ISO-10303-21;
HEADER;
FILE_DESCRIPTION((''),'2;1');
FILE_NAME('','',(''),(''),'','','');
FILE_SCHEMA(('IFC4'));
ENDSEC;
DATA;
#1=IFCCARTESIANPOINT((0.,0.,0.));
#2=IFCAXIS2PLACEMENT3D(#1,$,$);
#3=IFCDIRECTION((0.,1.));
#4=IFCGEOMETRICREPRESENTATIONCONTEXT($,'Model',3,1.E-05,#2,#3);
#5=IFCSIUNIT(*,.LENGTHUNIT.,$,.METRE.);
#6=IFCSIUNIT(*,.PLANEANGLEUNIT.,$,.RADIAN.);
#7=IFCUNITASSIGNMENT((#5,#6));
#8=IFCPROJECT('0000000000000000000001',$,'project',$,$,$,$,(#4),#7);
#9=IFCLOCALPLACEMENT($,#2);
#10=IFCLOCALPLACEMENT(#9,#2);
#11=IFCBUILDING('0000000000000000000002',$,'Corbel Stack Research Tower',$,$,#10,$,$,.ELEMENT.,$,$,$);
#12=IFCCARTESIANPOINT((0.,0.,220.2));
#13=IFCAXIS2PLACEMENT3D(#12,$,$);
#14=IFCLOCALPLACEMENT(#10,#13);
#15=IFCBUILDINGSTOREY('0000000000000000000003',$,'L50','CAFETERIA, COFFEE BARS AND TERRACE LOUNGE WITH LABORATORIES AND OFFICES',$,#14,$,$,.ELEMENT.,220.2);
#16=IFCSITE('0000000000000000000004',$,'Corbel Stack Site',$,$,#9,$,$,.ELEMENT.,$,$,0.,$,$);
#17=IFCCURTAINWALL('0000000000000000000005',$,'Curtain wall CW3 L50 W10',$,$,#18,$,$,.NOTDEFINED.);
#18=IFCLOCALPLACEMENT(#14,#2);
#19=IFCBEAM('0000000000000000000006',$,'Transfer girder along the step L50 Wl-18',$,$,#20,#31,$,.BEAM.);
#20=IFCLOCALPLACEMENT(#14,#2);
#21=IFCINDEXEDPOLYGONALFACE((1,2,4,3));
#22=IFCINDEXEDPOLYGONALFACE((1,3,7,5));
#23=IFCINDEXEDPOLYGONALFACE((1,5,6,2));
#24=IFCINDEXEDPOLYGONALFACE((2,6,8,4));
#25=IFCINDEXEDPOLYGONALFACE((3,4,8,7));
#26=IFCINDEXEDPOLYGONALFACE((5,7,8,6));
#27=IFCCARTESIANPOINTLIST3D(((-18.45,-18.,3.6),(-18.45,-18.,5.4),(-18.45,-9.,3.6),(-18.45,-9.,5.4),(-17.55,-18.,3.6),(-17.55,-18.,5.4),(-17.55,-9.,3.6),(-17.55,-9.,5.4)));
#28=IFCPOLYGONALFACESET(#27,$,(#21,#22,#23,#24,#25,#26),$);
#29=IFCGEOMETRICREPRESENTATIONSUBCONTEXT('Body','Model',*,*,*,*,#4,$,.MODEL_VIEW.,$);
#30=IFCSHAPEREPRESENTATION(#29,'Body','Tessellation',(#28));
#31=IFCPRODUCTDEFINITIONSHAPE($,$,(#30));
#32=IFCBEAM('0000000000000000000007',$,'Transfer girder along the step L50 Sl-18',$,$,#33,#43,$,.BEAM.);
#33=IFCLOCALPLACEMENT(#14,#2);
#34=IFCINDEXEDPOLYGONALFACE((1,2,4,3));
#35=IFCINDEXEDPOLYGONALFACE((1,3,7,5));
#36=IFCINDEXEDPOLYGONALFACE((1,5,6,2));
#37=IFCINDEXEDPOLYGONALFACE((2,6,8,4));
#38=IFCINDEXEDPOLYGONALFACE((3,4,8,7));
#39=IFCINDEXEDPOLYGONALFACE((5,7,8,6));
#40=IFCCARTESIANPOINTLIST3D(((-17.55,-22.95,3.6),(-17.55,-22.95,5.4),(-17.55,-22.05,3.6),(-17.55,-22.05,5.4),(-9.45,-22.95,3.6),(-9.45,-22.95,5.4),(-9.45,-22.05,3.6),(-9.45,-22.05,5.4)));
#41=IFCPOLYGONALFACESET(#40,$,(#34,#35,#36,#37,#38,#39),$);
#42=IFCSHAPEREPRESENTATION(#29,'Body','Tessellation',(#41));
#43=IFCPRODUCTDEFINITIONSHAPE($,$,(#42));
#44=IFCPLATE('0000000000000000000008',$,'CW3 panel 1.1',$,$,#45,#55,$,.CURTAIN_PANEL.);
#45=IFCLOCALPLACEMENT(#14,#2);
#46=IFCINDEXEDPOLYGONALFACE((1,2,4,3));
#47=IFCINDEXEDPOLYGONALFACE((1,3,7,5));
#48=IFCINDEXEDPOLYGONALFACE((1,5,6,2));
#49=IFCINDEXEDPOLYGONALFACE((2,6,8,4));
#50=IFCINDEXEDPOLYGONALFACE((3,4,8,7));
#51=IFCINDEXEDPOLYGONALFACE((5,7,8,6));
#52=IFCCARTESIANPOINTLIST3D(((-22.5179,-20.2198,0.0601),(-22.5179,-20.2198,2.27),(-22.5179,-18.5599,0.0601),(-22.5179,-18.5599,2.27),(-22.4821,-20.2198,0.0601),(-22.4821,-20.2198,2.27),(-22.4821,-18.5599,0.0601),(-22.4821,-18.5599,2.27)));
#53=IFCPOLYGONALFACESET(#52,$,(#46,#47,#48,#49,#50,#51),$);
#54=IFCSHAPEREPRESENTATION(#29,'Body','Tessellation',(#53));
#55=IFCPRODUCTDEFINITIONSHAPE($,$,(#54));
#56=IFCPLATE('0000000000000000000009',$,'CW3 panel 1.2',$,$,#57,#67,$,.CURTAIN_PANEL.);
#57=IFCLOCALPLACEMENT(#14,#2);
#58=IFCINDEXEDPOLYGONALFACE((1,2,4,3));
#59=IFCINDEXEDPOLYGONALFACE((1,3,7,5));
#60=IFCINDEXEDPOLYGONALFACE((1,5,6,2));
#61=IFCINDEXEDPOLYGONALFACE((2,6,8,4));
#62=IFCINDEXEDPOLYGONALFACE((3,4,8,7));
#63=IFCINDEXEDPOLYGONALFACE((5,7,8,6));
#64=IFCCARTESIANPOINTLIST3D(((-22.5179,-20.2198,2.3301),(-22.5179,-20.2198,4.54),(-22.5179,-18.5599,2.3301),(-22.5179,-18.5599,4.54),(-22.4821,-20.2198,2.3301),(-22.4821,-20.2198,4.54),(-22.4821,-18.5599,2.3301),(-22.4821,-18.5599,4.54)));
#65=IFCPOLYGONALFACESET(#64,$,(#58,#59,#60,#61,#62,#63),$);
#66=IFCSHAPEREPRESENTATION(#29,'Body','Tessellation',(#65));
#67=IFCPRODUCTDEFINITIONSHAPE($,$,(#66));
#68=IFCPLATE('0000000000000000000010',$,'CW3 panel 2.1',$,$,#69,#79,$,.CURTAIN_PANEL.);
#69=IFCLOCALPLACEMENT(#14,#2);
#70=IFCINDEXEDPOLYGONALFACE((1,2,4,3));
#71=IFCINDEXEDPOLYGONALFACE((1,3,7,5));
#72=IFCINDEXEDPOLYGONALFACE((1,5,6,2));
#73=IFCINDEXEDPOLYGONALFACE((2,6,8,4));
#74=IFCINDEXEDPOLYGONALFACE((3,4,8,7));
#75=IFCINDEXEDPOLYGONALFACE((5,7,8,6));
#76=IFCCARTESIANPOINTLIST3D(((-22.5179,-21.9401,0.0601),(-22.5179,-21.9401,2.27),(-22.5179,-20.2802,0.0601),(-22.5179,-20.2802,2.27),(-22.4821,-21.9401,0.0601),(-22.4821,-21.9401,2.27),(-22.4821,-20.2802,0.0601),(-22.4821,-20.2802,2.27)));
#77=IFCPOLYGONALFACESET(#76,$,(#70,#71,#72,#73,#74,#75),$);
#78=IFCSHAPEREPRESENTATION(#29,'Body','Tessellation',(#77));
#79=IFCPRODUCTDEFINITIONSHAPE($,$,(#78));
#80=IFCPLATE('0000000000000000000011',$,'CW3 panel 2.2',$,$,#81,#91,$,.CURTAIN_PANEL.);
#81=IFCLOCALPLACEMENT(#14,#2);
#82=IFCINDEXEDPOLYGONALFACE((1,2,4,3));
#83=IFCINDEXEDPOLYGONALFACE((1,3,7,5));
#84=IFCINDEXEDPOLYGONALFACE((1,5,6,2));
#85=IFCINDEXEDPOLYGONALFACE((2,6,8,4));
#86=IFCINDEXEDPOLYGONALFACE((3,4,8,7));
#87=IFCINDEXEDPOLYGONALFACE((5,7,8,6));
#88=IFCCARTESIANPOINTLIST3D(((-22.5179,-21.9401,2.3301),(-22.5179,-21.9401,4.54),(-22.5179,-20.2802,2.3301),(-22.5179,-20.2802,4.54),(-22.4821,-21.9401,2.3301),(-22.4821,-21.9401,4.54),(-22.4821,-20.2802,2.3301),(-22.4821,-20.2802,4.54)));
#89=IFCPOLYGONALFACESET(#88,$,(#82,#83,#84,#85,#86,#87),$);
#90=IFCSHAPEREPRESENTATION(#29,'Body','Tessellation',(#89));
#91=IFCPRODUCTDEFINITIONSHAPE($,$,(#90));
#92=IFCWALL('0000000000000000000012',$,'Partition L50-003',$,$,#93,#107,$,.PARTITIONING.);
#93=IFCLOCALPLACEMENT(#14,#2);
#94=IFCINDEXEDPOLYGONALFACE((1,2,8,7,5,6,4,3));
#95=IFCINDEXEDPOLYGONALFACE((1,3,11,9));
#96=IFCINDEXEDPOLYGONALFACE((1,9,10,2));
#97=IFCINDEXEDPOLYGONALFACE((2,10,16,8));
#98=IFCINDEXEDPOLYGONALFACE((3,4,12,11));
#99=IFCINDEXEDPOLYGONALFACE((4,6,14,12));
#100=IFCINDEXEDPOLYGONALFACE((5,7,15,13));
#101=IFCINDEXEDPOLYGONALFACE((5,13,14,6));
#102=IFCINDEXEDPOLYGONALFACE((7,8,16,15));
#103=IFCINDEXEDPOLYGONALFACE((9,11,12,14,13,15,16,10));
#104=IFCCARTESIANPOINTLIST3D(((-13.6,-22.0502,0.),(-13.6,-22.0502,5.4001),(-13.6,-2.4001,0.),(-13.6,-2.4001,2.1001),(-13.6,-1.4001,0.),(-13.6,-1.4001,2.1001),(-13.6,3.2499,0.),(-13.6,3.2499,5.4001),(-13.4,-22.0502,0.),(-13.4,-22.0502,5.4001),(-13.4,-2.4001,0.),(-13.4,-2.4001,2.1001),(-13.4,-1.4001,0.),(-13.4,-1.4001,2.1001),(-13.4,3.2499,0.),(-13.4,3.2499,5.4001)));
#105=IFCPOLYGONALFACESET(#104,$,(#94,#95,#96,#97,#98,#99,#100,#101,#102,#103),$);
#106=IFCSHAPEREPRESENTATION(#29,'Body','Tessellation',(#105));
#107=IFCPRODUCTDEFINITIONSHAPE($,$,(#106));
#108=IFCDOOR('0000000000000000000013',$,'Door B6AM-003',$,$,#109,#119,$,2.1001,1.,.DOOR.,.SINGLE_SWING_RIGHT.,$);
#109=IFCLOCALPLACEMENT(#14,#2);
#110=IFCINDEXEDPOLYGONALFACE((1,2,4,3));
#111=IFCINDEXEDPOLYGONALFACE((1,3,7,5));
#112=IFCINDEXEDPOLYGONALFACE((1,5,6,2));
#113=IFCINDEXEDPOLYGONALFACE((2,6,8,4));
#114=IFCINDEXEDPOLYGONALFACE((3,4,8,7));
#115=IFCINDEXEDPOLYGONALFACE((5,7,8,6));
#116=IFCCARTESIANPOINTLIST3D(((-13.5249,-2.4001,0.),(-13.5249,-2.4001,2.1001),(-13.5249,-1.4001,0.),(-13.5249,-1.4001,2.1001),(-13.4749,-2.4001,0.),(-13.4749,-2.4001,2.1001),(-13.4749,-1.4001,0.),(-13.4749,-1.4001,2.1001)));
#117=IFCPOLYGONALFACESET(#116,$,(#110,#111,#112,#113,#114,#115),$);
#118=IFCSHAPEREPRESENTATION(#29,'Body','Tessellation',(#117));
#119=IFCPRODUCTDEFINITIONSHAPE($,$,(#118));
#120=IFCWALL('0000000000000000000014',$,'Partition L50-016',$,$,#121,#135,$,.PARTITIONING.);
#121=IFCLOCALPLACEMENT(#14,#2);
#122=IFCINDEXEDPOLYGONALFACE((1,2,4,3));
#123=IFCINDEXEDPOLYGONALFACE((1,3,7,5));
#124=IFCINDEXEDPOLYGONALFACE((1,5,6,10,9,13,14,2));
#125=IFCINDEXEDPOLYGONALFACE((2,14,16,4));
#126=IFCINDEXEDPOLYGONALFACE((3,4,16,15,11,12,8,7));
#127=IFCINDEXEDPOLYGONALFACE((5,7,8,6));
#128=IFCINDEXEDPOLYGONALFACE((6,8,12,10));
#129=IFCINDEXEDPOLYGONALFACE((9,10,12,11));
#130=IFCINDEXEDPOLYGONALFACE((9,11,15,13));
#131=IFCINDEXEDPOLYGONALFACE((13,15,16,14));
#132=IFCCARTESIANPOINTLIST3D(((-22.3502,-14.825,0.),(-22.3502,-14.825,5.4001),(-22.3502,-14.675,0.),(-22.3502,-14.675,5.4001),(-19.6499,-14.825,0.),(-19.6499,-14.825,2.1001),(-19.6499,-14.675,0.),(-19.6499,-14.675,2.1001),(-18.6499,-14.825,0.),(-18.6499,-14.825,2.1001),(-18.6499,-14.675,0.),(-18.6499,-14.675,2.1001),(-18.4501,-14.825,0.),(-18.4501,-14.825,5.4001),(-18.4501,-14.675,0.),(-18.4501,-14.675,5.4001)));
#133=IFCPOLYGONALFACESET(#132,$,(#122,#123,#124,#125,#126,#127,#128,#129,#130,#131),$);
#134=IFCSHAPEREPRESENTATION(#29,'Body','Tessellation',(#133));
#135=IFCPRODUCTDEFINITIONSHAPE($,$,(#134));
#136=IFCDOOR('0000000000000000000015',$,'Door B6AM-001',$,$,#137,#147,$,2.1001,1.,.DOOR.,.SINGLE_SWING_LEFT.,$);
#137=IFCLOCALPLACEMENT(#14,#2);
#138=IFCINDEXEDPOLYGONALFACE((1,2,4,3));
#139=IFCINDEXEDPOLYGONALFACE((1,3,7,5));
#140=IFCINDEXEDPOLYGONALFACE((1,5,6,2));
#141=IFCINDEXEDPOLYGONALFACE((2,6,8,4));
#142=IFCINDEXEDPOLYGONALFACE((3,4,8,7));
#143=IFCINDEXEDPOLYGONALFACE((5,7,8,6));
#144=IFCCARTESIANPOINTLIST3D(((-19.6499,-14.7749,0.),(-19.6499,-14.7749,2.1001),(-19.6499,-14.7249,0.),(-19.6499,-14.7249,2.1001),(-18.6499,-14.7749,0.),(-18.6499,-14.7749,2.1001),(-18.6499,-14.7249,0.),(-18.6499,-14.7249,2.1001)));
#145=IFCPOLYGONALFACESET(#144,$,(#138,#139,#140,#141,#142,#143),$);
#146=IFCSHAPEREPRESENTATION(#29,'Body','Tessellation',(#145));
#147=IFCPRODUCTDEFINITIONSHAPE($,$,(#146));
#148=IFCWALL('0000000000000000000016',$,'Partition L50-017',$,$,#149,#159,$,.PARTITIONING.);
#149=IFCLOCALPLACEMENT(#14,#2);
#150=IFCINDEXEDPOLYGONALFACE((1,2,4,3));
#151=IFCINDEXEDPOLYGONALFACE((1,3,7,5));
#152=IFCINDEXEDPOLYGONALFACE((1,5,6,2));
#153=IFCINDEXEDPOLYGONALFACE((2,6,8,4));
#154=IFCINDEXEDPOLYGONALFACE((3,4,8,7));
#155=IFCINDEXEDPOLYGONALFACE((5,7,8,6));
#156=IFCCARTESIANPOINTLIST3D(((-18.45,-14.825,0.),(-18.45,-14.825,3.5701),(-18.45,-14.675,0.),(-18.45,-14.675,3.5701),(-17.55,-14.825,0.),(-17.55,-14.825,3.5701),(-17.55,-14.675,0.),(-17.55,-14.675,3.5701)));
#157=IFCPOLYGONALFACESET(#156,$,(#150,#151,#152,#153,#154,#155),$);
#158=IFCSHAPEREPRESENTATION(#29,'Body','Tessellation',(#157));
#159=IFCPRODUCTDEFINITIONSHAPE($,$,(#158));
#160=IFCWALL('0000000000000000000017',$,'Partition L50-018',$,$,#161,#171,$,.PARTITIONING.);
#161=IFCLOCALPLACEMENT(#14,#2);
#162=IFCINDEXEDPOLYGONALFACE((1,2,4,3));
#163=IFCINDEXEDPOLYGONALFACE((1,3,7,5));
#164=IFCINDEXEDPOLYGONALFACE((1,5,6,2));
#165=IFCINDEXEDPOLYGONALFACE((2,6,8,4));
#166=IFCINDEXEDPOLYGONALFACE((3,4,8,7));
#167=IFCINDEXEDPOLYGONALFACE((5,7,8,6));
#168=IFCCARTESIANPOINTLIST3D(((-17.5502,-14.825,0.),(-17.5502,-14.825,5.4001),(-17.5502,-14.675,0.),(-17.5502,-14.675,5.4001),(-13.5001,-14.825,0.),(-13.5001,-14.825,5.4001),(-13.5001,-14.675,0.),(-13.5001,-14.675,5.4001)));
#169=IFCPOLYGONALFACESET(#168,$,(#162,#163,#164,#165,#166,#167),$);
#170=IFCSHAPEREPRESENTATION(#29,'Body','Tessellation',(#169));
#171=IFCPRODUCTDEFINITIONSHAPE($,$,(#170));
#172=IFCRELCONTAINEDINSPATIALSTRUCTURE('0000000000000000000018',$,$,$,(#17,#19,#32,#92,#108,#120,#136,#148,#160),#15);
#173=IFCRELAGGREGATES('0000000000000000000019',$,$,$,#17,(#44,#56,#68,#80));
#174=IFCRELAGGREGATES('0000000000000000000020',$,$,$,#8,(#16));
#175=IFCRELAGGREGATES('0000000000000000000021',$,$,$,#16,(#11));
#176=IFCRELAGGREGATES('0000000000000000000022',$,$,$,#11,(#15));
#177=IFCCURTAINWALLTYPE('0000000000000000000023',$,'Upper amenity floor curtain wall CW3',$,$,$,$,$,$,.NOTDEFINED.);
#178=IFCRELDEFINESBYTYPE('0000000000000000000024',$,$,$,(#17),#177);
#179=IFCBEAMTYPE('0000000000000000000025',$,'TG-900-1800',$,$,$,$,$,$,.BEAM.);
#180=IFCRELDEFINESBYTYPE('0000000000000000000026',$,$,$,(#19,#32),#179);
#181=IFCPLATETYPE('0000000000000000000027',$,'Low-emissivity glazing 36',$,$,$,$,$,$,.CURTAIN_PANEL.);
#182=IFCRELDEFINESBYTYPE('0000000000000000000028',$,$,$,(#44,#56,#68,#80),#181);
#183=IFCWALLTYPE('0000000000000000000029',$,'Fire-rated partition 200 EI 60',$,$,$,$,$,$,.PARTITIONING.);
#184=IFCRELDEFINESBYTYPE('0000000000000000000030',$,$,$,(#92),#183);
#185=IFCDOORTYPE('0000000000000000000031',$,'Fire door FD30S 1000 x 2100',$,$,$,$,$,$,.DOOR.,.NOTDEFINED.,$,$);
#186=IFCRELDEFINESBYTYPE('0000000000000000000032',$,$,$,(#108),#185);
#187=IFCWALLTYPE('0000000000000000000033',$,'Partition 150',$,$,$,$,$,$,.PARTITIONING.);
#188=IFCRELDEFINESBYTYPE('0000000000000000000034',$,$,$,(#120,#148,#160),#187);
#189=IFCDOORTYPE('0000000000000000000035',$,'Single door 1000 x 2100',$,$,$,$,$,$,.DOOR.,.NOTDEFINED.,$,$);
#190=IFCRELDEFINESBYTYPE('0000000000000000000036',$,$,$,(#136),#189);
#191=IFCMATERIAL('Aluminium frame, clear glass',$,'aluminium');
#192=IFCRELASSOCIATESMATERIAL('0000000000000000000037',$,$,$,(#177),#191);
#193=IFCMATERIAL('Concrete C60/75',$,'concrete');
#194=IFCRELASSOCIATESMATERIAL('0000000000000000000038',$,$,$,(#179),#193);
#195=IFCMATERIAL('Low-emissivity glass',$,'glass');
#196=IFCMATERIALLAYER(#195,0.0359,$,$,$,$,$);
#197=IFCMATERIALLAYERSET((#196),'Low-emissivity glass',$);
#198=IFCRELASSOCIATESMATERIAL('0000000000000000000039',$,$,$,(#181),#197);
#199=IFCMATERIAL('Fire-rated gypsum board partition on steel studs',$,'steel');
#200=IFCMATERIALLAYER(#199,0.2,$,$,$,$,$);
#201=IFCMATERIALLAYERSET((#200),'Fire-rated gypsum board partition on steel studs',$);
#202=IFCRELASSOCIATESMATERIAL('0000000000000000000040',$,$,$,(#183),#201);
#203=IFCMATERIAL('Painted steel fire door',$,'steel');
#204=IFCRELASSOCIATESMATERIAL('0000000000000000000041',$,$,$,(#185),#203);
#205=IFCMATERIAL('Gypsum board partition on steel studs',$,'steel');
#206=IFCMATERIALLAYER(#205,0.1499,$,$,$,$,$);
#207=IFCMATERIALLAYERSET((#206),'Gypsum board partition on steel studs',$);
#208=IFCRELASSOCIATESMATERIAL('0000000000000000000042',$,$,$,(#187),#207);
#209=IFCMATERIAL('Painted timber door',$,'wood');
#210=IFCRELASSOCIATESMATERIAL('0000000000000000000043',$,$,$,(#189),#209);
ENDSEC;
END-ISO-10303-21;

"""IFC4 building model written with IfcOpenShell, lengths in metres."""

from ifc_helpers import new_model, si_unit, direction, frame, frame_2d, origin, origin_2d, place, context, subcontext, project, spatial, rectangle, extrude, material, layer, layer_set, material_profile, profile_set, type_object, element, fill, aggregate, save


model = new_model("IFC4")

# Units and contexts
model_context = context("Model", 3, precision=1e-05, world=origin(), true_north=direction((0.0, 1.0)))
body_context = subcontext(model_context, "Body", "Model", "MODEL_VIEW")
ifc_project = project(units=[si_unit("LENGTHUNIT", "METRE"), si_unit("PLANEANGLEUNIT", "RADIAN")], contexts=[model_context])

# Site, building, storey
site_placement = place(None, origin())
site = spatial("IfcSite", under=ifc_project, at=site_placement, Name="Corbel Stack Site", CompositionType="ELEMENT", RefElevation=0.0)
building_placement = place(site_placement, origin())
building = spatial("IfcBuilding", under=site, at=building_placement, Name="Corbel Stack Research Tower", CompositionType="ELEMENT")
storey_placement = place(building_placement, frame((0.0, 0.0, 220.2)))
storey = spatial("IfcBuildingStorey", under=building, at=storey_placement, Name="L50", Description="CAFETERIA, COFFEE BARS AND TERRACE LOUNGE WITH LABORATORIES AND OFFICES", CompositionType="ELEMENT", Elevation=220.2)

# Curtain wall
ifc_material_1 = material(Name="Aluminium frame, clear glass", Category="aluminium")
curtain_wall_type = type_object("IfcCurtainWallType", Name="Upper amenity floor curtain wall CW3", PredefinedType="NOTDEFINED", material=ifc_material_1)
curtain_wall_placement = place(storey_placement, origin())
curtain_wall = element("IfcCurtainWall", 1, at=curtain_wall_placement, inside=storey, type_object=curtain_wall_type, Name="Curtain wall CW3 L50 W10", PredefinedType="NOTDEFINED")

# Beams
ifc_material_2 = material(Name="Concrete C60/75", Category="concrete")
ifc_material_profile_1 = material_profile(ifc_material_2, rectangle(XDim=0.8999, YDim=1.8, at=origin_2d()), Name="RC 900 x 1800")
ifc_profile_set_1 = profile_set([ifc_material_profile_1], Name="Concrete C60/75")
beam_type_1 = type_object("IfcBeamType", Name="TG-900-1800", PredefinedType="BEAM", material=ifc_profile_set_1)
beam_1_placement = place(storey_placement, frame((-18.0, -18.0, 4.5), z_axis=(0.0, 1.0, 0.0), x_axis=(-1.0, 0.0, 0.0)))
element("IfcBeam", 2, at=beam_1_placement, inside=storey, type_object=beam_type_1, Name="Transfer girder along the step L50 Wl-18", PredefinedType="BEAM", context=body_context, shape_type="SweptSolid", body=[
    extrude(rectangle(XDim=0.8999, YDim=1.8, at=origin_2d()), origin(), (0.0, 0.0, 1.0), 9.0),
])
beam_2_placement = place(storey_placement, frame((-17.55, -22.5, 4.5), z_axis=(1.0, 0.0, 0.0), x_axis=(0.0, 1.0, 0.0)))
element("IfcBeam", 3, at=beam_2_placement, inside=storey, type_object=beam_type_1, Name="Transfer girder along the step L50 Sl-18", PredefinedType="BEAM", context=body_context, shape_type="SweptSolid", body=[
    extrude(rectangle(XDim=0.8999, YDim=1.8, at=origin_2d()), origin(), (0.0, 0.0, 1.0), 8.1001),
])

# Plates
ifc_material_3 = material(Name="Low-emissivity glass", Category="glass")
ifc_layer_1 = layer(ifc_material_3, 0.0359)
ifc_layer_set_1 = layer_set([ifc_layer_1], Name="Low-emissivity glass")
plate_type = type_object("IfcPlateType", Name="Low-emissivity glazing 36", PredefinedType="CURTAIN_PANEL", material=ifc_layer_set_1)
plate_1_placement = place(storey_placement, frame((-22.5, -19.3899, 0.0601), z_axis=(0.0, 0.0, 1.0), x_axis=(0.0, -1.0, 0.0)))
plate_1 = element("IfcPlate", 4, at=plate_1_placement, type_object=plate_type, Name="CW3 panel 1.1", PredefinedType="CURTAIN_PANEL", context=body_context, shape_type="SweptSolid", body=[
    extrude(rectangle(XDim=1.6599, YDim=0.0359, at=origin_2d()), origin(), (0.0, 0.0, 1.0), 2.21),
])
plate_2_placement = place(storey_placement, frame((-22.5, -19.3899, 2.3301), z_axis=(0.0, 0.0, 1.0), x_axis=(0.0, -1.0, 0.0)))
plate_2 = element("IfcPlate", 5, at=plate_2_placement, type_object=plate_type, Name="CW3 panel 1.2", PredefinedType="CURTAIN_PANEL", context=body_context, shape_type="SweptSolid", body=[
    extrude(rectangle(XDim=1.6599, YDim=0.0359, at=origin_2d()), origin(), (0.0, 0.0, 1.0), 2.21),
])
plate_3_placement = place(storey_placement, frame((-22.5, -21.1101, 0.0601), z_axis=(0.0, 0.0, 1.0), x_axis=(0.0, -1.0, 0.0)))
plate_3 = element("IfcPlate", 6, at=plate_3_placement, type_object=plate_type, Name="CW3 panel 2.1", PredefinedType="CURTAIN_PANEL", context=body_context, shape_type="SweptSolid", body=[
    extrude(rectangle(XDim=1.6599, YDim=0.0359, at=origin_2d()), origin(), (0.0, 0.0, 1.0), 2.21),
])
plate_4_placement = place(storey_placement, frame((-22.5, -21.1101, 2.3301), z_axis=(0.0, 0.0, 1.0), x_axis=(0.0, -1.0, 0.0)))
plate_4 = element("IfcPlate", 7, at=plate_4_placement, type_object=plate_type, Name="CW3 panel 2.2", PredefinedType="CURTAIN_PANEL", context=body_context, shape_type="SweptSolid", body=[
    extrude(rectangle(XDim=1.6599, YDim=0.0359, at=origin_2d()), origin(), (0.0, 0.0, 1.0), 2.21),
])
aggregate(curtain_wall, [plate_1, plate_2, plate_3, plate_4])

# Walls, openings, doors
ifc_material_4 = material(Name="Fire-rated gypsum board partition on steel studs", Category="steel")
ifc_layer_2 = layer(ifc_material_4, 0.2)
ifc_layer_set_2 = layer_set([ifc_layer_2], Name="Fire-rated gypsum board partition on steel studs")
wall_type_1 = type_object("IfcWallType", Name="Fire-rated partition 200 EI 60", PredefinedType="PARTITIONING", material=ifc_layer_set_2)
wall_1_placement = place(storey_placement, frame((-13.5, -22.05, 0.0), z_axis=(0.0, 0.0, 1.0), x_axis=(0.0, 1.0, 0.0)))
wall_1 = element("IfcWall", 8, at=wall_1_placement, inside=storey, type_object=wall_type_1, Name="Partition L50-003", PredefinedType="PARTITIONING", context=body_context, shape_type="SweptSolid", body=[
    extrude(rectangle(XDim=25.3, YDim=0.2, at=frame_2d((12.6499, 0.0))), origin(), (0.0, 0.0, 1.0), 5.4001),
])
opening_1_placement = place(wall_1_placement, frame((19.6499, 0.0, 0.0)))
opening_1 = element("IfcOpeningElement", 9, at=opening_1_placement, cuts=wall_1, PredefinedType="OPENING", context=body_context, shape_type="SweptSolid", body=[
    extrude(rectangle(XDim=1.0, YDim=2.1001, at=frame_2d((0.5, 1.05))), frame((0.0, 0.1099, 0.0), z_axis=(0.0, -1.0, 0.0), x_axis=(1.0, 0.0, 0.0)), (0.0, 0.0, 1.0), 0.22),
])
ifc_material_5 = material(Name="Painted steel fire door", Category="steel")
door_type_1 = type_object("IfcDoorType", Name="Fire door FD30S 1000 x 2100", OperationType="NOTDEFINED", PredefinedType="DOOR", material=ifc_material_5)
door_1_placement = place(opening_1_placement, origin())
door_1 = element("IfcDoor", 10, at=door_1_placement, inside=storey, type_object=door_type_1, Name="Door B6AM-003", OperationType="SINGLE_SWING_RIGHT", OverallHeight=2.1001, OverallWidth=1.0, PredefinedType="DOOR", context=body_context, shape_type="SweptSolid", body=[
    extrude(rectangle(XDim=1.0, YDim=2.1001, at=frame_2d((0.5, 1.05))), frame((0.0, 0.0249, 0.0), z_axis=(0.0, -1.0, 0.0), x_axis=(1.0, 0.0, 0.0)), (0.0, 0.0, 1.0), 0.05),
])
fill(opening_1, door_1)
ifc_material_6 = material(Name="Gypsum board partition on steel studs", Category="steel")
ifc_layer_3 = layer(ifc_material_6, 0.1499)
ifc_layer_set_3 = layer_set([ifc_layer_3], Name="Gypsum board partition on steel studs")
wall_type_2 = type_object("IfcWallType", Name="Partition 150", PredefinedType="PARTITIONING", material=ifc_layer_set_3)
wall_2_placement = place(storey_placement, frame((-18.45, -14.75, 0.0), z_axis=(0.0, 0.0, 1.0), x_axis=(-1.0, 0.0, 0.0)))
wall_2 = element("IfcWall", 11, at=wall_2_placement, inside=storey, type_object=wall_type_2, Name="Partition L50-016", PredefinedType="PARTITIONING", context=body_context, shape_type="SweptSolid", body=[
    extrude(rectangle(XDim=3.9001, YDim=0.1499, at=frame_2d((1.9502, 0.0))), origin(), (0.0, 0.0, 1.0), 5.4001),
])
opening_2_placement = place(wall_2_placement, frame((0.2, 0.0, 0.0)))
opening_2 = element("IfcOpeningElement", 12, at=opening_2_placement, cuts=wall_2, PredefinedType="OPENING", context=body_context, shape_type="SweptSolid", body=[
    extrude(rectangle(XDim=1.0, YDim=2.1001, at=frame_2d((0.5, 1.05))), frame((0.0, 0.085, 0.0), z_axis=(0.0, -1.0, 0.0), x_axis=(1.0, 0.0, 0.0)), (0.0, 0.0, 1.0), 0.1699),
])
ifc_material_7 = material(Name="Painted timber door", Category="wood")
door_type_2 = type_object("IfcDoorType", Name="Single door 1000 x 2100", OperationType="NOTDEFINED", PredefinedType="DOOR", material=ifc_material_7)
door_2_placement = place(opening_2_placement, origin())
door_2 = element("IfcDoor", 13, at=door_2_placement, inside=storey, type_object=door_type_2, Name="Door B6AM-001", OperationType="SINGLE_SWING_LEFT", OverallHeight=2.1001, OverallWidth=1.0, PredefinedType="DOOR", context=body_context, shape_type="SweptSolid", body=[
    extrude(rectangle(XDim=1.0, YDim=2.1001, at=frame_2d((0.5, 1.05))), frame((0.0, 0.0249, 0.0), z_axis=(0.0, -1.0, 0.0), x_axis=(1.0, 0.0, 0.0)), (0.0, 0.0, 1.0), 0.05),
])
fill(opening_2, door_2)

# Walls
wall_3_placement = place(storey_placement, frame((-18.45, -14.75, 0.0), z_axis=(0.0, 0.0, 1.0), x_axis=(1.0, 0.0, 0.0)))
element("IfcWall", 14, at=wall_3_placement, inside=storey, type_object=wall_type_2, Name="Partition L50-017", PredefinedType="PARTITIONING", context=body_context, shape_type="SweptSolid", body=[
    extrude(rectangle(XDim=0.8999, YDim=0.1499, at=frame_2d((0.45, 0.0))), origin(), (0.0, 0.0, 1.0), 3.5701),
])
wall_4_placement = place(storey_placement, frame((-17.55, -14.75, 0.0), z_axis=(0.0, 0.0, 1.0), x_axis=(1.0, 0.0, 0.0)))
element("IfcWall", 15, at=wall_4_placement, inside=storey, type_object=wall_type_2, Name="Partition L50-018", PredefinedType="PARTITIONING", context=body_context, shape_type="SweptSolid", body=[
    extrude(rectangle(XDim=4.05, YDim=0.1499, at=frame_2d((2.0249, 0.0))), origin(), (0.0, 0.0, 1.0), 5.4001),
])

save(model, "model.ifc")
